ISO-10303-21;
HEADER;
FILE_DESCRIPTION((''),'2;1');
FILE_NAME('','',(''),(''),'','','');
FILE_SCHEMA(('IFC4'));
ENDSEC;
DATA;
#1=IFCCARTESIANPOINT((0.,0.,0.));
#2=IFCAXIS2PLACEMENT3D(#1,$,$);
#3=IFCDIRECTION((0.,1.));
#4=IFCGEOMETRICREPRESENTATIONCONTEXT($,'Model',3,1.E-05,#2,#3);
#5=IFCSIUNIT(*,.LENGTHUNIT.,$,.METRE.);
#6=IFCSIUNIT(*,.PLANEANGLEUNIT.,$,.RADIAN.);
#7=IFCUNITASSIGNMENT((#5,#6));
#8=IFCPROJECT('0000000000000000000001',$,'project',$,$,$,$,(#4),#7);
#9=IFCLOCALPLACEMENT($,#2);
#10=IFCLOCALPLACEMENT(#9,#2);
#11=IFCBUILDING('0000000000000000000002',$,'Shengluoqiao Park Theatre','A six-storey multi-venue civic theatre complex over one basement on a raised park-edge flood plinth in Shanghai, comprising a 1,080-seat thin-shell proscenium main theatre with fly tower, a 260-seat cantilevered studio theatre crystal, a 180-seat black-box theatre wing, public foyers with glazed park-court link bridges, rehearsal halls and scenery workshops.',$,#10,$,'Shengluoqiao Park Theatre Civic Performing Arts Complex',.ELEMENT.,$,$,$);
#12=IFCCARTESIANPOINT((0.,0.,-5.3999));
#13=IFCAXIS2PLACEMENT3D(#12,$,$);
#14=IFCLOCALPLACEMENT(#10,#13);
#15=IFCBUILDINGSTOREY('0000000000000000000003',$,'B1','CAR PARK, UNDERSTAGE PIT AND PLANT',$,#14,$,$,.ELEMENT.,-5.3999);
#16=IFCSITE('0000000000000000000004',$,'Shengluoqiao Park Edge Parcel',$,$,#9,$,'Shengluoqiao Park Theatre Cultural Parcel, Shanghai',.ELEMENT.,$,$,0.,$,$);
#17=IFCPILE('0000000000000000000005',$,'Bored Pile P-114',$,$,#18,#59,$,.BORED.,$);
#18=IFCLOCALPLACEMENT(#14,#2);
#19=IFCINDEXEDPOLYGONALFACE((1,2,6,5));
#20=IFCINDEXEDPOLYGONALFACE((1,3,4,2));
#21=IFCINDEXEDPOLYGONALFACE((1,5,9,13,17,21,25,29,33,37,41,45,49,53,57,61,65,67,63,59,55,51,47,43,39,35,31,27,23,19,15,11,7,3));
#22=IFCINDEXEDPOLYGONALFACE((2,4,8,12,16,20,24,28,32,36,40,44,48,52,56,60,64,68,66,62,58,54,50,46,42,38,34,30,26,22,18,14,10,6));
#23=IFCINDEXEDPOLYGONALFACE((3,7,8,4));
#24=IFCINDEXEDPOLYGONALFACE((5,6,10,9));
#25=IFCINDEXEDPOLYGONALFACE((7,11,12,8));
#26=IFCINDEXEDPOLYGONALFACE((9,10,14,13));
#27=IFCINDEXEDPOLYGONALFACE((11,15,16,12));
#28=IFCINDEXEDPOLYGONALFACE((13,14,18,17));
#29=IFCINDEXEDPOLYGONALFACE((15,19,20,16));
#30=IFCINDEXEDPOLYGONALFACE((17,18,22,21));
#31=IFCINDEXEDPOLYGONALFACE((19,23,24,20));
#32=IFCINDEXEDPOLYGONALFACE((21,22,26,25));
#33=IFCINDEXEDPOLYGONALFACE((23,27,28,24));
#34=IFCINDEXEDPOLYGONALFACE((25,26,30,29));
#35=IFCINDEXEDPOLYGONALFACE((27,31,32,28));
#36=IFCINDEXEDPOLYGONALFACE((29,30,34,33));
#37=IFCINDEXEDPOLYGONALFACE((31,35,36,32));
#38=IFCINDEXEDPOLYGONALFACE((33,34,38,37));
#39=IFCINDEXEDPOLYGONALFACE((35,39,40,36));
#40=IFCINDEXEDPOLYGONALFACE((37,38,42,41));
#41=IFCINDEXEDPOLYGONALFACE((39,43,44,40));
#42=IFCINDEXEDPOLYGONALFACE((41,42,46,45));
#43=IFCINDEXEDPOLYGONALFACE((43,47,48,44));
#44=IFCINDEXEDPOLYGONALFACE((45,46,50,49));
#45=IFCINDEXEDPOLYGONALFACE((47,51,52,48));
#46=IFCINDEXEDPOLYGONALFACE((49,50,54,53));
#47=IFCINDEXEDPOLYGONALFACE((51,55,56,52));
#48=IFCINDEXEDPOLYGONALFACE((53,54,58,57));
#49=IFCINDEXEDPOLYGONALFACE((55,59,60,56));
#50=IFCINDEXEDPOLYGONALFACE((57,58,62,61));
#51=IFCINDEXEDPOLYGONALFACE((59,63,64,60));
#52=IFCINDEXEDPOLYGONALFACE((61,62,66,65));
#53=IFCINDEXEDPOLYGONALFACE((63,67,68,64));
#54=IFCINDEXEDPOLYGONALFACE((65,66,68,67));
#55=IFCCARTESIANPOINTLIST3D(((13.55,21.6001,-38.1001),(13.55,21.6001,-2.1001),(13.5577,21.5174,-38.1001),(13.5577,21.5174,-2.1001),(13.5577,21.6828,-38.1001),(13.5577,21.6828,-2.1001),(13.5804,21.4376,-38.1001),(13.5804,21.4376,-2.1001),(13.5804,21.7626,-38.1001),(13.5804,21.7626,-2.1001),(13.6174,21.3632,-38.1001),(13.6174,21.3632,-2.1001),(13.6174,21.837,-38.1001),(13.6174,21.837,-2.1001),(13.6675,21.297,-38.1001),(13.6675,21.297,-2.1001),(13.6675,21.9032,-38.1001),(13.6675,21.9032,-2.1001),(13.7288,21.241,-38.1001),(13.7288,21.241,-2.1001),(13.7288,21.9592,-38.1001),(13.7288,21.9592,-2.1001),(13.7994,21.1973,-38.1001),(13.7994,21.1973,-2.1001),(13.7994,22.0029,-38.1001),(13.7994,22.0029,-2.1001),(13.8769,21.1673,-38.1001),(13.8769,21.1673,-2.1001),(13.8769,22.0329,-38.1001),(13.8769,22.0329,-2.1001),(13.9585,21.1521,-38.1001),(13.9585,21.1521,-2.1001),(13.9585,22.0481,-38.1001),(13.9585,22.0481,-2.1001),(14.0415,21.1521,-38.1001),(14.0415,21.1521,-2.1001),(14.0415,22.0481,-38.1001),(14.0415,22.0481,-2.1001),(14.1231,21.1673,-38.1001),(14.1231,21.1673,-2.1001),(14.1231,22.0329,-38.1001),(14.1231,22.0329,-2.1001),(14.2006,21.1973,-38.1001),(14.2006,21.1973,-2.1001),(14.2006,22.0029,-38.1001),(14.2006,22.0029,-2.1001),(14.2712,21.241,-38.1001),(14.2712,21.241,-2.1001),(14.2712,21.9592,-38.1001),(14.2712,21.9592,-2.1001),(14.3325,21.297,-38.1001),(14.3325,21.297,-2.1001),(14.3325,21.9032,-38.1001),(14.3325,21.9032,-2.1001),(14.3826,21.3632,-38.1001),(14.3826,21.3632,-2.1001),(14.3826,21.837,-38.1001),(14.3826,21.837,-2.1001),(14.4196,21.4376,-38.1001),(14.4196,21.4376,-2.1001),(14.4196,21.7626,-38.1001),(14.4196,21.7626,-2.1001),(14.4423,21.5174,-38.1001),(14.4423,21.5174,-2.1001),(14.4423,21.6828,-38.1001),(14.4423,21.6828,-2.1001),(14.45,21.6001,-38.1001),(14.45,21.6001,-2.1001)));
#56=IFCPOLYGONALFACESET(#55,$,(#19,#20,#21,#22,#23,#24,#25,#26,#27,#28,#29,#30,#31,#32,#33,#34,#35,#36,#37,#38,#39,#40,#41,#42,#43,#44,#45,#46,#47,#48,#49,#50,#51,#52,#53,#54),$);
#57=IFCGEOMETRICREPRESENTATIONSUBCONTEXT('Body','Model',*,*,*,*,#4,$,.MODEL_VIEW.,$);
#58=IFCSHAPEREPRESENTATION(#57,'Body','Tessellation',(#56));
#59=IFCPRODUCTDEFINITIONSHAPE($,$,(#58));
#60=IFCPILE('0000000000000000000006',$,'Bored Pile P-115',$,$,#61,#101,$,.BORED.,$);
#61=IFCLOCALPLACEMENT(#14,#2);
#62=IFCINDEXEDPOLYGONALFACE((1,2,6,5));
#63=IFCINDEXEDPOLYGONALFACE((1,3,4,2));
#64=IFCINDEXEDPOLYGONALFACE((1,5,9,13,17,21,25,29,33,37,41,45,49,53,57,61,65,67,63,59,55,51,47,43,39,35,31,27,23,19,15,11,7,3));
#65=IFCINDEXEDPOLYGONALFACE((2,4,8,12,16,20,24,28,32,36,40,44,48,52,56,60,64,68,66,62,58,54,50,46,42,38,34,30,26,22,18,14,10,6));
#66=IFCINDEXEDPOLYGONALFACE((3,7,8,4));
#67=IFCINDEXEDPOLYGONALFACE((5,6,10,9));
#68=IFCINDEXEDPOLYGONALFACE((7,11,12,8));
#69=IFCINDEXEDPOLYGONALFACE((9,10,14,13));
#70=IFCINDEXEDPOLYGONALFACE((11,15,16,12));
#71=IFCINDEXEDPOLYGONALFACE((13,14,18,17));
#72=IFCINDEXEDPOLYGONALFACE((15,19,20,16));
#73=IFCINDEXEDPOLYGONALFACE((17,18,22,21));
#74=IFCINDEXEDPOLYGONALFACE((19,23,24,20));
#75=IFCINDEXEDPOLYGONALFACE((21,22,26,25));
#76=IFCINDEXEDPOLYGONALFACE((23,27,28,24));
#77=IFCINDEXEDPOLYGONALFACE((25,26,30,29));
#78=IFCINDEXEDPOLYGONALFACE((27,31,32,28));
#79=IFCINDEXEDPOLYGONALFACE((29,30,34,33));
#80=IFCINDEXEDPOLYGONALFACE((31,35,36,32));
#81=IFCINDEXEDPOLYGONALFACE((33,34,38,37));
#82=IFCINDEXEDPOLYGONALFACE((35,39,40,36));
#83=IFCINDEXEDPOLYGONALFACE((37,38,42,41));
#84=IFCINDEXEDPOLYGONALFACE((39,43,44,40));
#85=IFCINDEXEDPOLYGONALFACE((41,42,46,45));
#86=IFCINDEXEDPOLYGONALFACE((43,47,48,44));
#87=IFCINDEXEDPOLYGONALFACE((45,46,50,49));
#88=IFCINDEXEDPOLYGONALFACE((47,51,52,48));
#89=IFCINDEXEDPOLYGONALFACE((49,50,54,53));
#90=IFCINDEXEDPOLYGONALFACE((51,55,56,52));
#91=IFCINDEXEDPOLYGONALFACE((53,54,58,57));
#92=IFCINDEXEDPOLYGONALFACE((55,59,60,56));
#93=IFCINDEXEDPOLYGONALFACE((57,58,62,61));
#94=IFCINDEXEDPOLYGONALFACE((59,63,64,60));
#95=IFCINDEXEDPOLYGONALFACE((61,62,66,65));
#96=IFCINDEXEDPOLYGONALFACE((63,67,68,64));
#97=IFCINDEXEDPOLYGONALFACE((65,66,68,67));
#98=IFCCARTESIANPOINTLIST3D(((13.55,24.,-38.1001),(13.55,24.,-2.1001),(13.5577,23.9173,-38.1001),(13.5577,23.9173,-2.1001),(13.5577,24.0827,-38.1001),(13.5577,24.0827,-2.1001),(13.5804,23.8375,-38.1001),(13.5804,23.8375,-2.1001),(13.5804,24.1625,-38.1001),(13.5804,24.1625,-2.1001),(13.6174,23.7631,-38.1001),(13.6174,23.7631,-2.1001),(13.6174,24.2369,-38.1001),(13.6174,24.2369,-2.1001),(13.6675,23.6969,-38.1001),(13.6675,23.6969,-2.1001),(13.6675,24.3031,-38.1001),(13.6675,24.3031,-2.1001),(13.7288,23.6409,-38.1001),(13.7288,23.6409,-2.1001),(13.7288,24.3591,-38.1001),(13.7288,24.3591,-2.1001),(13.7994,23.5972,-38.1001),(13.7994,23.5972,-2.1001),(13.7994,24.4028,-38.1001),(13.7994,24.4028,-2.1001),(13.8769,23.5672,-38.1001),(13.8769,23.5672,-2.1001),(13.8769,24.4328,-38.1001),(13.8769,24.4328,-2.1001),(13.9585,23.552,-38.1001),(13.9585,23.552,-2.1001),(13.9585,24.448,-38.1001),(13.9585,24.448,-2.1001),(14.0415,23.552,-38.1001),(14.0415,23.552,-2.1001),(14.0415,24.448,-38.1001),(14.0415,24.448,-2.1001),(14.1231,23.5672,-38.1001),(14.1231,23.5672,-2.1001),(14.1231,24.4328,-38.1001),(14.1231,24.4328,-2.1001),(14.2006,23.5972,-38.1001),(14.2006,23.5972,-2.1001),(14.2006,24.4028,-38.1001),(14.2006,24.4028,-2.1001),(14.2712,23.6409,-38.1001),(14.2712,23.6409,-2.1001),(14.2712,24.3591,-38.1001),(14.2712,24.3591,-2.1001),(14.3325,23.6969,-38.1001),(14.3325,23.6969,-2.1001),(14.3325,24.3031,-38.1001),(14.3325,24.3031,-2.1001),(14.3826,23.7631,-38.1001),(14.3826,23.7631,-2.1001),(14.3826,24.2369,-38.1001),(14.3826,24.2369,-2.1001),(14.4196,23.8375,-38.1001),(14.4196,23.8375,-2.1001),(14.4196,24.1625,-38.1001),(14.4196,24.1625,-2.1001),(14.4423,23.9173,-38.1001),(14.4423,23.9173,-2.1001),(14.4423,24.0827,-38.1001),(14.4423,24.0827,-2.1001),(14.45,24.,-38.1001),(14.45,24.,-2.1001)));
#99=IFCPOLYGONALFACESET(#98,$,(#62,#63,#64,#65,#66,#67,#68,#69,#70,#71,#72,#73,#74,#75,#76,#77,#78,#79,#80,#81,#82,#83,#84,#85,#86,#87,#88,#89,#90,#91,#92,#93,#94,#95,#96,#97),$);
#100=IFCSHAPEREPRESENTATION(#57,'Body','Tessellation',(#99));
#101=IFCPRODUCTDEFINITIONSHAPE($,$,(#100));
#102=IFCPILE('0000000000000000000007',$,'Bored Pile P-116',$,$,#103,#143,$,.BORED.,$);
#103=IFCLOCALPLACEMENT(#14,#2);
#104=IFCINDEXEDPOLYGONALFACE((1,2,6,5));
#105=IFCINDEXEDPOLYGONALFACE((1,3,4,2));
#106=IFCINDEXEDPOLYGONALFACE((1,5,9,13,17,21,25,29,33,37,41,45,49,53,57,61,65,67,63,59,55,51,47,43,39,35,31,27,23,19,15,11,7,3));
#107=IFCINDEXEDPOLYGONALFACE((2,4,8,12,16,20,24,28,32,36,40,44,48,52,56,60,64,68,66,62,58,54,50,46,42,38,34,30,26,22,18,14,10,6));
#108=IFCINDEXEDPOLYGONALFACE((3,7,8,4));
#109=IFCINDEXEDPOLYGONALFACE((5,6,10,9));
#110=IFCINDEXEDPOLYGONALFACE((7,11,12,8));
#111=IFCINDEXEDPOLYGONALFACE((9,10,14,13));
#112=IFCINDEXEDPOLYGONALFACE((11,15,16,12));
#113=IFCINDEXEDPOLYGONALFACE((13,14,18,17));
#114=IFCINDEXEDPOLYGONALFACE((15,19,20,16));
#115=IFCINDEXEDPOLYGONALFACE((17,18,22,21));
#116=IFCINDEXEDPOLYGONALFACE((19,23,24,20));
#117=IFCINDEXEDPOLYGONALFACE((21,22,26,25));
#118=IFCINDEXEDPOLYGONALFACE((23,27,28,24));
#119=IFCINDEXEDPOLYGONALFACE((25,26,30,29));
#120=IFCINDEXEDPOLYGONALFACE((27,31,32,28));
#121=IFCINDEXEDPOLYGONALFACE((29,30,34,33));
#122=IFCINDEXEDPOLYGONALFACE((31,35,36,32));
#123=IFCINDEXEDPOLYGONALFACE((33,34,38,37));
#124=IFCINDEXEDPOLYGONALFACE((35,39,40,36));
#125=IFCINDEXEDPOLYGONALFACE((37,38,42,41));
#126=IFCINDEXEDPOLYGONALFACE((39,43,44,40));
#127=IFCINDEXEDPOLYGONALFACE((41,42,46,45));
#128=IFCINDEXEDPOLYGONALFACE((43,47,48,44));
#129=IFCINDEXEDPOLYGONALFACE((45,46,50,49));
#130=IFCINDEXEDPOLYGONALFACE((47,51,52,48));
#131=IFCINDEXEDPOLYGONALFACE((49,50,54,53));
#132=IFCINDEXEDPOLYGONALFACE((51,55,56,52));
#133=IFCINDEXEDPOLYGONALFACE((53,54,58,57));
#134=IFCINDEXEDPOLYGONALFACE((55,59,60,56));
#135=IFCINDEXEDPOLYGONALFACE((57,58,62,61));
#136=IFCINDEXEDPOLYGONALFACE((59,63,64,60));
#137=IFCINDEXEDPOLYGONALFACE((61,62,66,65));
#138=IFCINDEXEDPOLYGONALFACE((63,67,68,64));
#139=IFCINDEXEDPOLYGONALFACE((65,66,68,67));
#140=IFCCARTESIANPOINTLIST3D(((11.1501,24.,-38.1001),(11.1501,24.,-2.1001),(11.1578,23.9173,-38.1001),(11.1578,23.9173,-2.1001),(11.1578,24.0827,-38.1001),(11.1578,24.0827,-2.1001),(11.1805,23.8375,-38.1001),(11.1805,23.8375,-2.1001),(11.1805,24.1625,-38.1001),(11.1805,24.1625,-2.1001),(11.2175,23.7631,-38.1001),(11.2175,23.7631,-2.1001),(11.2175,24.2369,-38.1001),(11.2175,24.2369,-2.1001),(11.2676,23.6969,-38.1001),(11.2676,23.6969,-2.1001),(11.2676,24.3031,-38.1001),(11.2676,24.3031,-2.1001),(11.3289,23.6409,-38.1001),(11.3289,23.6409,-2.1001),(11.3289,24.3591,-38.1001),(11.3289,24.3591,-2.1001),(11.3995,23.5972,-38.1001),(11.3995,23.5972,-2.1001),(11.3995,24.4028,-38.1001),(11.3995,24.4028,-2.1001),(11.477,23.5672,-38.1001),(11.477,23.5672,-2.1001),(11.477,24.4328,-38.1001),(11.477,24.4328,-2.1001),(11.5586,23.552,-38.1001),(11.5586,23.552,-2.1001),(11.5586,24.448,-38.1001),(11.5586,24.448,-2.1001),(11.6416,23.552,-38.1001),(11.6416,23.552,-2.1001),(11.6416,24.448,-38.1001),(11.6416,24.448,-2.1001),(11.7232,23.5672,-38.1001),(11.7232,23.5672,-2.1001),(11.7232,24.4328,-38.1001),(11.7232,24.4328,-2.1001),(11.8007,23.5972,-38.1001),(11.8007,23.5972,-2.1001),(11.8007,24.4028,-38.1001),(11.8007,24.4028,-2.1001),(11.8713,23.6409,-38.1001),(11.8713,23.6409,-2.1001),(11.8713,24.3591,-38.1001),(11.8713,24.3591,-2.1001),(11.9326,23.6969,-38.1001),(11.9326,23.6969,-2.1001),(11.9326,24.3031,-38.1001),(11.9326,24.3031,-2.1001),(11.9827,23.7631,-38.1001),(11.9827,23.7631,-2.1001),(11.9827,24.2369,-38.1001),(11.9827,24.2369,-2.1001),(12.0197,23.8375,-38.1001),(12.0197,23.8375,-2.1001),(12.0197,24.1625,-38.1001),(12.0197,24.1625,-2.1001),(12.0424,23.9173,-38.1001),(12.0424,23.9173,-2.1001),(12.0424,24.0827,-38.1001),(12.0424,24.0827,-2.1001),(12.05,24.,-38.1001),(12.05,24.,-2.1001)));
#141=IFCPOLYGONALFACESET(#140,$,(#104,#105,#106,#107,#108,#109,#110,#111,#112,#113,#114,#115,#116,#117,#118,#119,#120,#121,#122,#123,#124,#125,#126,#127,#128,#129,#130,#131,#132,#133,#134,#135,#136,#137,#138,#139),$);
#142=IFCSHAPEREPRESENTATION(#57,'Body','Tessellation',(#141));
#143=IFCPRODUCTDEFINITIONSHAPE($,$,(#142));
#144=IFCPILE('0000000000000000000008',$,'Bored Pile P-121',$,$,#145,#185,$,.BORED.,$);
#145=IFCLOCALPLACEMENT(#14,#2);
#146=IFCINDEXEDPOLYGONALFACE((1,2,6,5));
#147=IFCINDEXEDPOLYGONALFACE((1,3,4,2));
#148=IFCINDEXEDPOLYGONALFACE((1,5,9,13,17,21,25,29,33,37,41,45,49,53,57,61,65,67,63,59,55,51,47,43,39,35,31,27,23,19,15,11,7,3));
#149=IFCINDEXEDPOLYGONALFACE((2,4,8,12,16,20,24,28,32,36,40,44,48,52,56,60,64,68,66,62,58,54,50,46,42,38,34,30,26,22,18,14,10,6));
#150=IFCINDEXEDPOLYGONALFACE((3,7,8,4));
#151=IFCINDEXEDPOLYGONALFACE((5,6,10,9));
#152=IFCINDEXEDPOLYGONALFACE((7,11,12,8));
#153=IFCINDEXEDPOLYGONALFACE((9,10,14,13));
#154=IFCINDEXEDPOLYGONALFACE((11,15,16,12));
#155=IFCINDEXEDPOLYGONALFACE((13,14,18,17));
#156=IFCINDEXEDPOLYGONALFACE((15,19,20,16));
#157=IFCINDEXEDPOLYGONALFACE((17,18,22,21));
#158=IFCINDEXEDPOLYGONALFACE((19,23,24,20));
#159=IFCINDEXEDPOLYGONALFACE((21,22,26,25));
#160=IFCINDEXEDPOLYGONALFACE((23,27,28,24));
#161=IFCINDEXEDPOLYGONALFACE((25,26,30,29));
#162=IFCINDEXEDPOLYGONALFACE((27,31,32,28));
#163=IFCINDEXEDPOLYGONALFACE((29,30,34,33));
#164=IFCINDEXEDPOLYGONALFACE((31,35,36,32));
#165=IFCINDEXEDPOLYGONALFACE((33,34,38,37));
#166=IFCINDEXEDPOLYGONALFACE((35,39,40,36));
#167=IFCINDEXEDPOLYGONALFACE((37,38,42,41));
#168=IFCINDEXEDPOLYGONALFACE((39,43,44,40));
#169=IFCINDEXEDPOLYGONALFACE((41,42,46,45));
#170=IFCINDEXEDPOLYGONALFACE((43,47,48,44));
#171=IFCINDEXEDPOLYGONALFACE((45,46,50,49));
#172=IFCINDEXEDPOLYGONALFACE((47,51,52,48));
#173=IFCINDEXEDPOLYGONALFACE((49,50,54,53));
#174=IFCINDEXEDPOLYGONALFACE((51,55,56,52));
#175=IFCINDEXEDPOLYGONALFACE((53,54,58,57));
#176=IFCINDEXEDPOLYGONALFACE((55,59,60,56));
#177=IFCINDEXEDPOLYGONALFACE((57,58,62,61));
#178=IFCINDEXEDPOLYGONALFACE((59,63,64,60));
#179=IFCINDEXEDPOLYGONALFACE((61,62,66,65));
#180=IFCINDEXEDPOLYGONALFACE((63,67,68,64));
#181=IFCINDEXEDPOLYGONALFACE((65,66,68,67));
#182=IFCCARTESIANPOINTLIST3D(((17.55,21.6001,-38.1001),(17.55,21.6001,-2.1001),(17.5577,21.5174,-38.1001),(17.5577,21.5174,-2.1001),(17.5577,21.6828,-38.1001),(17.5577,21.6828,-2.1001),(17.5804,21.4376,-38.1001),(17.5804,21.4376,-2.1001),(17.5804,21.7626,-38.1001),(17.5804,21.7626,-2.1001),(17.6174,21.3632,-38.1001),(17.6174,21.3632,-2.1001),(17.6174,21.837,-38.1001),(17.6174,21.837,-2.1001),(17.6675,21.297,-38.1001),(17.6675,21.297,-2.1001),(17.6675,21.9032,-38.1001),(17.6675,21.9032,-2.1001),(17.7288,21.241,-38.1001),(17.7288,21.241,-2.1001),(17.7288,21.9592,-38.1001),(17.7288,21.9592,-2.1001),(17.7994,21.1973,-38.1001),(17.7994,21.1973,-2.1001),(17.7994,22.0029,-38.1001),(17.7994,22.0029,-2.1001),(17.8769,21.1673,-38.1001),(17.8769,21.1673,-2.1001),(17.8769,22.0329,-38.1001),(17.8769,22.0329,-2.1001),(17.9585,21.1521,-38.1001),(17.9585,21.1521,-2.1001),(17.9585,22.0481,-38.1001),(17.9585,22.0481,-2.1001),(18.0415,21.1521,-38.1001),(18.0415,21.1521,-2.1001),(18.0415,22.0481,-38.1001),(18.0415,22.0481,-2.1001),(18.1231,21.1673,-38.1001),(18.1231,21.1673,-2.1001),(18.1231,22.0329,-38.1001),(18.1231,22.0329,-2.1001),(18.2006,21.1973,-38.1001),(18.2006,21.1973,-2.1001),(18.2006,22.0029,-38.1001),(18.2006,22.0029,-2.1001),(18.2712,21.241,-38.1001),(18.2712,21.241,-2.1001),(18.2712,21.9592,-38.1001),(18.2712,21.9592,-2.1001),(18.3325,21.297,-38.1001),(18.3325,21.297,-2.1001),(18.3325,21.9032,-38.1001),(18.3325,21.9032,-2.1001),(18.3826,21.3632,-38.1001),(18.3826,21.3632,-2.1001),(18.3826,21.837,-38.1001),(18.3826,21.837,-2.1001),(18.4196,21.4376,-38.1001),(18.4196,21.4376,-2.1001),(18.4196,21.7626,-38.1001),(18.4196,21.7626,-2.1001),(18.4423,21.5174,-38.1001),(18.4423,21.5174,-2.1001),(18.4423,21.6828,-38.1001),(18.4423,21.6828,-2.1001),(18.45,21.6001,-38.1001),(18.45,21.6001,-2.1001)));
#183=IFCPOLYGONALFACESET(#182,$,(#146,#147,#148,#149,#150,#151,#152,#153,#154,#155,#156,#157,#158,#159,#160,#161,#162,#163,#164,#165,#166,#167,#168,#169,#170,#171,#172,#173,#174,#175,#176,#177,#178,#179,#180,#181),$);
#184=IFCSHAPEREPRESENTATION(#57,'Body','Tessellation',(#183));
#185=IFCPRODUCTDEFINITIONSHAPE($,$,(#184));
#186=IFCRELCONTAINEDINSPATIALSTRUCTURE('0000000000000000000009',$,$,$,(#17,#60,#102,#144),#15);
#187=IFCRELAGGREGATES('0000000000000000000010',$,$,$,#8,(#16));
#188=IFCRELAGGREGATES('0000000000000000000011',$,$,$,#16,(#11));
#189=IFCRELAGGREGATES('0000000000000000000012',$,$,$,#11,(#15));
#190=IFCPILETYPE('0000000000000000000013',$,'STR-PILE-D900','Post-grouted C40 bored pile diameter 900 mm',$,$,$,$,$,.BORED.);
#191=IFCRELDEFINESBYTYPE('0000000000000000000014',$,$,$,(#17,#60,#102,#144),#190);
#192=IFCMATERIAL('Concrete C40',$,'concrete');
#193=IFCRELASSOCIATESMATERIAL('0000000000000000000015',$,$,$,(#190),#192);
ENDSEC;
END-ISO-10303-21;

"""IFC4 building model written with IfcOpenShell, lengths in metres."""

from ifc_helpers import new_model, si_unit, direction, frame, origin, origin_2d, place, context, subcontext, project, spatial, circle, extrude, material, material_profile, profile_set, type_object, element, save


model = new_model("IFC4")

# Units and contexts
model_context = context("Model", 3, precision=1e-05, world=origin(), true_north=direction((0.0, 1.0)))
body_context = subcontext(model_context, "Body", "Model", "MODEL_VIEW")
ifc_project = project(units=[si_unit("LENGTHUNIT", "METRE"), si_unit("PLANEANGLEUNIT", "RADIAN")], contexts=[model_context])

# Site, building, storey
site_placement = place(None, origin())
site = spatial("IfcSite", under=ifc_project, at=site_placement, Name="Shengluoqiao Park Edge Parcel", LongName="Shengluoqiao Park Theatre Cultural Parcel, Shanghai", CompositionType="ELEMENT", RefElevation=0.0)
building_placement = place(site_placement, origin())
building = spatial("IfcBuilding", under=site, at=building_placement, Name="Shengluoqiao Park Theatre", Description="A six-storey multi-venue civic theatre complex over one basement on a raised park-edge flood plinth in Shanghai, comprising a 1,080-seat thin-shell proscenium main theatre with fly tower, a 260-seat cantilevered studio theatre crystal, a 180-seat black-box theatre wing, public foyers with glazed park-court link bridges, rehearsal halls and scenery workshops.", LongName="Shengluoqiao Park Theatre Civic Performing Arts Complex", CompositionType="ELEMENT")
storey_placement = place(building_placement, frame((0.0, 0.0, -5.3999)))
storey = spatial("IfcBuildingStorey", under=building, at=storey_placement, Name="B1", Description="CAR PARK, UNDERSTAGE PIT AND PLANT", CompositionType="ELEMENT", Elevation=-5.3999)

# Shared definitions
ifc_material_1 = material(Name="Concrete C40", Category="concrete")

# Piles
ifc_material_profile_1 = material_profile(ifc_material_1, circle(Radius=0.45, at=origin_2d()), Name="BORED PILE D900")
ifc_profile_set_1 = profile_set([ifc_material_profile_1], Name="Concrete C40")
pile_type_1 = type_object("IfcPileType", Name="STR-PILE-D900", Description="Post-grouted C40 bored pile diameter 900 mm", PredefinedType="BORED", material=ifc_profile_set_1)
for number, where, z_axis, x_axis, name in (
    (1, (14.0, 21.6001, -2.1001), (0.0, 0.0, -1.0), (1.0, 0.0, 0.0), "Bored Pile P-114"),
    (2, (14.0, 24.0, -2.1001), (0.0, 0.0, -1.0), (1.0, 0.0, 0.0), "Bored Pile P-115"),
    (3, (11.6001, 24.0, -2.1001), (0.0, 0.0, -1.0), (1.0, 0.0, 0.0), "Bored Pile P-116"),
    (4, (18.0, 21.6001, -2.1001), (0.0, 0.0, -1.0), (1.0, 0.0, 0.0), "Bored Pile P-121"),
):
    element("IfcPile", number, at=place(storey_placement, frame(where, z_axis=z_axis, x_axis=x_axis)), inside=storey, type_object=pile_type_1, Name=name, PredefinedType="BORED", context=body_context, shape_type="SweptSolid", body=[
        extrude(circle(Radius=0.45, at=origin_2d()), origin(), (0.0, 0.0, 1.0), 36.0),
    ])

save(model, "model.ifc")
